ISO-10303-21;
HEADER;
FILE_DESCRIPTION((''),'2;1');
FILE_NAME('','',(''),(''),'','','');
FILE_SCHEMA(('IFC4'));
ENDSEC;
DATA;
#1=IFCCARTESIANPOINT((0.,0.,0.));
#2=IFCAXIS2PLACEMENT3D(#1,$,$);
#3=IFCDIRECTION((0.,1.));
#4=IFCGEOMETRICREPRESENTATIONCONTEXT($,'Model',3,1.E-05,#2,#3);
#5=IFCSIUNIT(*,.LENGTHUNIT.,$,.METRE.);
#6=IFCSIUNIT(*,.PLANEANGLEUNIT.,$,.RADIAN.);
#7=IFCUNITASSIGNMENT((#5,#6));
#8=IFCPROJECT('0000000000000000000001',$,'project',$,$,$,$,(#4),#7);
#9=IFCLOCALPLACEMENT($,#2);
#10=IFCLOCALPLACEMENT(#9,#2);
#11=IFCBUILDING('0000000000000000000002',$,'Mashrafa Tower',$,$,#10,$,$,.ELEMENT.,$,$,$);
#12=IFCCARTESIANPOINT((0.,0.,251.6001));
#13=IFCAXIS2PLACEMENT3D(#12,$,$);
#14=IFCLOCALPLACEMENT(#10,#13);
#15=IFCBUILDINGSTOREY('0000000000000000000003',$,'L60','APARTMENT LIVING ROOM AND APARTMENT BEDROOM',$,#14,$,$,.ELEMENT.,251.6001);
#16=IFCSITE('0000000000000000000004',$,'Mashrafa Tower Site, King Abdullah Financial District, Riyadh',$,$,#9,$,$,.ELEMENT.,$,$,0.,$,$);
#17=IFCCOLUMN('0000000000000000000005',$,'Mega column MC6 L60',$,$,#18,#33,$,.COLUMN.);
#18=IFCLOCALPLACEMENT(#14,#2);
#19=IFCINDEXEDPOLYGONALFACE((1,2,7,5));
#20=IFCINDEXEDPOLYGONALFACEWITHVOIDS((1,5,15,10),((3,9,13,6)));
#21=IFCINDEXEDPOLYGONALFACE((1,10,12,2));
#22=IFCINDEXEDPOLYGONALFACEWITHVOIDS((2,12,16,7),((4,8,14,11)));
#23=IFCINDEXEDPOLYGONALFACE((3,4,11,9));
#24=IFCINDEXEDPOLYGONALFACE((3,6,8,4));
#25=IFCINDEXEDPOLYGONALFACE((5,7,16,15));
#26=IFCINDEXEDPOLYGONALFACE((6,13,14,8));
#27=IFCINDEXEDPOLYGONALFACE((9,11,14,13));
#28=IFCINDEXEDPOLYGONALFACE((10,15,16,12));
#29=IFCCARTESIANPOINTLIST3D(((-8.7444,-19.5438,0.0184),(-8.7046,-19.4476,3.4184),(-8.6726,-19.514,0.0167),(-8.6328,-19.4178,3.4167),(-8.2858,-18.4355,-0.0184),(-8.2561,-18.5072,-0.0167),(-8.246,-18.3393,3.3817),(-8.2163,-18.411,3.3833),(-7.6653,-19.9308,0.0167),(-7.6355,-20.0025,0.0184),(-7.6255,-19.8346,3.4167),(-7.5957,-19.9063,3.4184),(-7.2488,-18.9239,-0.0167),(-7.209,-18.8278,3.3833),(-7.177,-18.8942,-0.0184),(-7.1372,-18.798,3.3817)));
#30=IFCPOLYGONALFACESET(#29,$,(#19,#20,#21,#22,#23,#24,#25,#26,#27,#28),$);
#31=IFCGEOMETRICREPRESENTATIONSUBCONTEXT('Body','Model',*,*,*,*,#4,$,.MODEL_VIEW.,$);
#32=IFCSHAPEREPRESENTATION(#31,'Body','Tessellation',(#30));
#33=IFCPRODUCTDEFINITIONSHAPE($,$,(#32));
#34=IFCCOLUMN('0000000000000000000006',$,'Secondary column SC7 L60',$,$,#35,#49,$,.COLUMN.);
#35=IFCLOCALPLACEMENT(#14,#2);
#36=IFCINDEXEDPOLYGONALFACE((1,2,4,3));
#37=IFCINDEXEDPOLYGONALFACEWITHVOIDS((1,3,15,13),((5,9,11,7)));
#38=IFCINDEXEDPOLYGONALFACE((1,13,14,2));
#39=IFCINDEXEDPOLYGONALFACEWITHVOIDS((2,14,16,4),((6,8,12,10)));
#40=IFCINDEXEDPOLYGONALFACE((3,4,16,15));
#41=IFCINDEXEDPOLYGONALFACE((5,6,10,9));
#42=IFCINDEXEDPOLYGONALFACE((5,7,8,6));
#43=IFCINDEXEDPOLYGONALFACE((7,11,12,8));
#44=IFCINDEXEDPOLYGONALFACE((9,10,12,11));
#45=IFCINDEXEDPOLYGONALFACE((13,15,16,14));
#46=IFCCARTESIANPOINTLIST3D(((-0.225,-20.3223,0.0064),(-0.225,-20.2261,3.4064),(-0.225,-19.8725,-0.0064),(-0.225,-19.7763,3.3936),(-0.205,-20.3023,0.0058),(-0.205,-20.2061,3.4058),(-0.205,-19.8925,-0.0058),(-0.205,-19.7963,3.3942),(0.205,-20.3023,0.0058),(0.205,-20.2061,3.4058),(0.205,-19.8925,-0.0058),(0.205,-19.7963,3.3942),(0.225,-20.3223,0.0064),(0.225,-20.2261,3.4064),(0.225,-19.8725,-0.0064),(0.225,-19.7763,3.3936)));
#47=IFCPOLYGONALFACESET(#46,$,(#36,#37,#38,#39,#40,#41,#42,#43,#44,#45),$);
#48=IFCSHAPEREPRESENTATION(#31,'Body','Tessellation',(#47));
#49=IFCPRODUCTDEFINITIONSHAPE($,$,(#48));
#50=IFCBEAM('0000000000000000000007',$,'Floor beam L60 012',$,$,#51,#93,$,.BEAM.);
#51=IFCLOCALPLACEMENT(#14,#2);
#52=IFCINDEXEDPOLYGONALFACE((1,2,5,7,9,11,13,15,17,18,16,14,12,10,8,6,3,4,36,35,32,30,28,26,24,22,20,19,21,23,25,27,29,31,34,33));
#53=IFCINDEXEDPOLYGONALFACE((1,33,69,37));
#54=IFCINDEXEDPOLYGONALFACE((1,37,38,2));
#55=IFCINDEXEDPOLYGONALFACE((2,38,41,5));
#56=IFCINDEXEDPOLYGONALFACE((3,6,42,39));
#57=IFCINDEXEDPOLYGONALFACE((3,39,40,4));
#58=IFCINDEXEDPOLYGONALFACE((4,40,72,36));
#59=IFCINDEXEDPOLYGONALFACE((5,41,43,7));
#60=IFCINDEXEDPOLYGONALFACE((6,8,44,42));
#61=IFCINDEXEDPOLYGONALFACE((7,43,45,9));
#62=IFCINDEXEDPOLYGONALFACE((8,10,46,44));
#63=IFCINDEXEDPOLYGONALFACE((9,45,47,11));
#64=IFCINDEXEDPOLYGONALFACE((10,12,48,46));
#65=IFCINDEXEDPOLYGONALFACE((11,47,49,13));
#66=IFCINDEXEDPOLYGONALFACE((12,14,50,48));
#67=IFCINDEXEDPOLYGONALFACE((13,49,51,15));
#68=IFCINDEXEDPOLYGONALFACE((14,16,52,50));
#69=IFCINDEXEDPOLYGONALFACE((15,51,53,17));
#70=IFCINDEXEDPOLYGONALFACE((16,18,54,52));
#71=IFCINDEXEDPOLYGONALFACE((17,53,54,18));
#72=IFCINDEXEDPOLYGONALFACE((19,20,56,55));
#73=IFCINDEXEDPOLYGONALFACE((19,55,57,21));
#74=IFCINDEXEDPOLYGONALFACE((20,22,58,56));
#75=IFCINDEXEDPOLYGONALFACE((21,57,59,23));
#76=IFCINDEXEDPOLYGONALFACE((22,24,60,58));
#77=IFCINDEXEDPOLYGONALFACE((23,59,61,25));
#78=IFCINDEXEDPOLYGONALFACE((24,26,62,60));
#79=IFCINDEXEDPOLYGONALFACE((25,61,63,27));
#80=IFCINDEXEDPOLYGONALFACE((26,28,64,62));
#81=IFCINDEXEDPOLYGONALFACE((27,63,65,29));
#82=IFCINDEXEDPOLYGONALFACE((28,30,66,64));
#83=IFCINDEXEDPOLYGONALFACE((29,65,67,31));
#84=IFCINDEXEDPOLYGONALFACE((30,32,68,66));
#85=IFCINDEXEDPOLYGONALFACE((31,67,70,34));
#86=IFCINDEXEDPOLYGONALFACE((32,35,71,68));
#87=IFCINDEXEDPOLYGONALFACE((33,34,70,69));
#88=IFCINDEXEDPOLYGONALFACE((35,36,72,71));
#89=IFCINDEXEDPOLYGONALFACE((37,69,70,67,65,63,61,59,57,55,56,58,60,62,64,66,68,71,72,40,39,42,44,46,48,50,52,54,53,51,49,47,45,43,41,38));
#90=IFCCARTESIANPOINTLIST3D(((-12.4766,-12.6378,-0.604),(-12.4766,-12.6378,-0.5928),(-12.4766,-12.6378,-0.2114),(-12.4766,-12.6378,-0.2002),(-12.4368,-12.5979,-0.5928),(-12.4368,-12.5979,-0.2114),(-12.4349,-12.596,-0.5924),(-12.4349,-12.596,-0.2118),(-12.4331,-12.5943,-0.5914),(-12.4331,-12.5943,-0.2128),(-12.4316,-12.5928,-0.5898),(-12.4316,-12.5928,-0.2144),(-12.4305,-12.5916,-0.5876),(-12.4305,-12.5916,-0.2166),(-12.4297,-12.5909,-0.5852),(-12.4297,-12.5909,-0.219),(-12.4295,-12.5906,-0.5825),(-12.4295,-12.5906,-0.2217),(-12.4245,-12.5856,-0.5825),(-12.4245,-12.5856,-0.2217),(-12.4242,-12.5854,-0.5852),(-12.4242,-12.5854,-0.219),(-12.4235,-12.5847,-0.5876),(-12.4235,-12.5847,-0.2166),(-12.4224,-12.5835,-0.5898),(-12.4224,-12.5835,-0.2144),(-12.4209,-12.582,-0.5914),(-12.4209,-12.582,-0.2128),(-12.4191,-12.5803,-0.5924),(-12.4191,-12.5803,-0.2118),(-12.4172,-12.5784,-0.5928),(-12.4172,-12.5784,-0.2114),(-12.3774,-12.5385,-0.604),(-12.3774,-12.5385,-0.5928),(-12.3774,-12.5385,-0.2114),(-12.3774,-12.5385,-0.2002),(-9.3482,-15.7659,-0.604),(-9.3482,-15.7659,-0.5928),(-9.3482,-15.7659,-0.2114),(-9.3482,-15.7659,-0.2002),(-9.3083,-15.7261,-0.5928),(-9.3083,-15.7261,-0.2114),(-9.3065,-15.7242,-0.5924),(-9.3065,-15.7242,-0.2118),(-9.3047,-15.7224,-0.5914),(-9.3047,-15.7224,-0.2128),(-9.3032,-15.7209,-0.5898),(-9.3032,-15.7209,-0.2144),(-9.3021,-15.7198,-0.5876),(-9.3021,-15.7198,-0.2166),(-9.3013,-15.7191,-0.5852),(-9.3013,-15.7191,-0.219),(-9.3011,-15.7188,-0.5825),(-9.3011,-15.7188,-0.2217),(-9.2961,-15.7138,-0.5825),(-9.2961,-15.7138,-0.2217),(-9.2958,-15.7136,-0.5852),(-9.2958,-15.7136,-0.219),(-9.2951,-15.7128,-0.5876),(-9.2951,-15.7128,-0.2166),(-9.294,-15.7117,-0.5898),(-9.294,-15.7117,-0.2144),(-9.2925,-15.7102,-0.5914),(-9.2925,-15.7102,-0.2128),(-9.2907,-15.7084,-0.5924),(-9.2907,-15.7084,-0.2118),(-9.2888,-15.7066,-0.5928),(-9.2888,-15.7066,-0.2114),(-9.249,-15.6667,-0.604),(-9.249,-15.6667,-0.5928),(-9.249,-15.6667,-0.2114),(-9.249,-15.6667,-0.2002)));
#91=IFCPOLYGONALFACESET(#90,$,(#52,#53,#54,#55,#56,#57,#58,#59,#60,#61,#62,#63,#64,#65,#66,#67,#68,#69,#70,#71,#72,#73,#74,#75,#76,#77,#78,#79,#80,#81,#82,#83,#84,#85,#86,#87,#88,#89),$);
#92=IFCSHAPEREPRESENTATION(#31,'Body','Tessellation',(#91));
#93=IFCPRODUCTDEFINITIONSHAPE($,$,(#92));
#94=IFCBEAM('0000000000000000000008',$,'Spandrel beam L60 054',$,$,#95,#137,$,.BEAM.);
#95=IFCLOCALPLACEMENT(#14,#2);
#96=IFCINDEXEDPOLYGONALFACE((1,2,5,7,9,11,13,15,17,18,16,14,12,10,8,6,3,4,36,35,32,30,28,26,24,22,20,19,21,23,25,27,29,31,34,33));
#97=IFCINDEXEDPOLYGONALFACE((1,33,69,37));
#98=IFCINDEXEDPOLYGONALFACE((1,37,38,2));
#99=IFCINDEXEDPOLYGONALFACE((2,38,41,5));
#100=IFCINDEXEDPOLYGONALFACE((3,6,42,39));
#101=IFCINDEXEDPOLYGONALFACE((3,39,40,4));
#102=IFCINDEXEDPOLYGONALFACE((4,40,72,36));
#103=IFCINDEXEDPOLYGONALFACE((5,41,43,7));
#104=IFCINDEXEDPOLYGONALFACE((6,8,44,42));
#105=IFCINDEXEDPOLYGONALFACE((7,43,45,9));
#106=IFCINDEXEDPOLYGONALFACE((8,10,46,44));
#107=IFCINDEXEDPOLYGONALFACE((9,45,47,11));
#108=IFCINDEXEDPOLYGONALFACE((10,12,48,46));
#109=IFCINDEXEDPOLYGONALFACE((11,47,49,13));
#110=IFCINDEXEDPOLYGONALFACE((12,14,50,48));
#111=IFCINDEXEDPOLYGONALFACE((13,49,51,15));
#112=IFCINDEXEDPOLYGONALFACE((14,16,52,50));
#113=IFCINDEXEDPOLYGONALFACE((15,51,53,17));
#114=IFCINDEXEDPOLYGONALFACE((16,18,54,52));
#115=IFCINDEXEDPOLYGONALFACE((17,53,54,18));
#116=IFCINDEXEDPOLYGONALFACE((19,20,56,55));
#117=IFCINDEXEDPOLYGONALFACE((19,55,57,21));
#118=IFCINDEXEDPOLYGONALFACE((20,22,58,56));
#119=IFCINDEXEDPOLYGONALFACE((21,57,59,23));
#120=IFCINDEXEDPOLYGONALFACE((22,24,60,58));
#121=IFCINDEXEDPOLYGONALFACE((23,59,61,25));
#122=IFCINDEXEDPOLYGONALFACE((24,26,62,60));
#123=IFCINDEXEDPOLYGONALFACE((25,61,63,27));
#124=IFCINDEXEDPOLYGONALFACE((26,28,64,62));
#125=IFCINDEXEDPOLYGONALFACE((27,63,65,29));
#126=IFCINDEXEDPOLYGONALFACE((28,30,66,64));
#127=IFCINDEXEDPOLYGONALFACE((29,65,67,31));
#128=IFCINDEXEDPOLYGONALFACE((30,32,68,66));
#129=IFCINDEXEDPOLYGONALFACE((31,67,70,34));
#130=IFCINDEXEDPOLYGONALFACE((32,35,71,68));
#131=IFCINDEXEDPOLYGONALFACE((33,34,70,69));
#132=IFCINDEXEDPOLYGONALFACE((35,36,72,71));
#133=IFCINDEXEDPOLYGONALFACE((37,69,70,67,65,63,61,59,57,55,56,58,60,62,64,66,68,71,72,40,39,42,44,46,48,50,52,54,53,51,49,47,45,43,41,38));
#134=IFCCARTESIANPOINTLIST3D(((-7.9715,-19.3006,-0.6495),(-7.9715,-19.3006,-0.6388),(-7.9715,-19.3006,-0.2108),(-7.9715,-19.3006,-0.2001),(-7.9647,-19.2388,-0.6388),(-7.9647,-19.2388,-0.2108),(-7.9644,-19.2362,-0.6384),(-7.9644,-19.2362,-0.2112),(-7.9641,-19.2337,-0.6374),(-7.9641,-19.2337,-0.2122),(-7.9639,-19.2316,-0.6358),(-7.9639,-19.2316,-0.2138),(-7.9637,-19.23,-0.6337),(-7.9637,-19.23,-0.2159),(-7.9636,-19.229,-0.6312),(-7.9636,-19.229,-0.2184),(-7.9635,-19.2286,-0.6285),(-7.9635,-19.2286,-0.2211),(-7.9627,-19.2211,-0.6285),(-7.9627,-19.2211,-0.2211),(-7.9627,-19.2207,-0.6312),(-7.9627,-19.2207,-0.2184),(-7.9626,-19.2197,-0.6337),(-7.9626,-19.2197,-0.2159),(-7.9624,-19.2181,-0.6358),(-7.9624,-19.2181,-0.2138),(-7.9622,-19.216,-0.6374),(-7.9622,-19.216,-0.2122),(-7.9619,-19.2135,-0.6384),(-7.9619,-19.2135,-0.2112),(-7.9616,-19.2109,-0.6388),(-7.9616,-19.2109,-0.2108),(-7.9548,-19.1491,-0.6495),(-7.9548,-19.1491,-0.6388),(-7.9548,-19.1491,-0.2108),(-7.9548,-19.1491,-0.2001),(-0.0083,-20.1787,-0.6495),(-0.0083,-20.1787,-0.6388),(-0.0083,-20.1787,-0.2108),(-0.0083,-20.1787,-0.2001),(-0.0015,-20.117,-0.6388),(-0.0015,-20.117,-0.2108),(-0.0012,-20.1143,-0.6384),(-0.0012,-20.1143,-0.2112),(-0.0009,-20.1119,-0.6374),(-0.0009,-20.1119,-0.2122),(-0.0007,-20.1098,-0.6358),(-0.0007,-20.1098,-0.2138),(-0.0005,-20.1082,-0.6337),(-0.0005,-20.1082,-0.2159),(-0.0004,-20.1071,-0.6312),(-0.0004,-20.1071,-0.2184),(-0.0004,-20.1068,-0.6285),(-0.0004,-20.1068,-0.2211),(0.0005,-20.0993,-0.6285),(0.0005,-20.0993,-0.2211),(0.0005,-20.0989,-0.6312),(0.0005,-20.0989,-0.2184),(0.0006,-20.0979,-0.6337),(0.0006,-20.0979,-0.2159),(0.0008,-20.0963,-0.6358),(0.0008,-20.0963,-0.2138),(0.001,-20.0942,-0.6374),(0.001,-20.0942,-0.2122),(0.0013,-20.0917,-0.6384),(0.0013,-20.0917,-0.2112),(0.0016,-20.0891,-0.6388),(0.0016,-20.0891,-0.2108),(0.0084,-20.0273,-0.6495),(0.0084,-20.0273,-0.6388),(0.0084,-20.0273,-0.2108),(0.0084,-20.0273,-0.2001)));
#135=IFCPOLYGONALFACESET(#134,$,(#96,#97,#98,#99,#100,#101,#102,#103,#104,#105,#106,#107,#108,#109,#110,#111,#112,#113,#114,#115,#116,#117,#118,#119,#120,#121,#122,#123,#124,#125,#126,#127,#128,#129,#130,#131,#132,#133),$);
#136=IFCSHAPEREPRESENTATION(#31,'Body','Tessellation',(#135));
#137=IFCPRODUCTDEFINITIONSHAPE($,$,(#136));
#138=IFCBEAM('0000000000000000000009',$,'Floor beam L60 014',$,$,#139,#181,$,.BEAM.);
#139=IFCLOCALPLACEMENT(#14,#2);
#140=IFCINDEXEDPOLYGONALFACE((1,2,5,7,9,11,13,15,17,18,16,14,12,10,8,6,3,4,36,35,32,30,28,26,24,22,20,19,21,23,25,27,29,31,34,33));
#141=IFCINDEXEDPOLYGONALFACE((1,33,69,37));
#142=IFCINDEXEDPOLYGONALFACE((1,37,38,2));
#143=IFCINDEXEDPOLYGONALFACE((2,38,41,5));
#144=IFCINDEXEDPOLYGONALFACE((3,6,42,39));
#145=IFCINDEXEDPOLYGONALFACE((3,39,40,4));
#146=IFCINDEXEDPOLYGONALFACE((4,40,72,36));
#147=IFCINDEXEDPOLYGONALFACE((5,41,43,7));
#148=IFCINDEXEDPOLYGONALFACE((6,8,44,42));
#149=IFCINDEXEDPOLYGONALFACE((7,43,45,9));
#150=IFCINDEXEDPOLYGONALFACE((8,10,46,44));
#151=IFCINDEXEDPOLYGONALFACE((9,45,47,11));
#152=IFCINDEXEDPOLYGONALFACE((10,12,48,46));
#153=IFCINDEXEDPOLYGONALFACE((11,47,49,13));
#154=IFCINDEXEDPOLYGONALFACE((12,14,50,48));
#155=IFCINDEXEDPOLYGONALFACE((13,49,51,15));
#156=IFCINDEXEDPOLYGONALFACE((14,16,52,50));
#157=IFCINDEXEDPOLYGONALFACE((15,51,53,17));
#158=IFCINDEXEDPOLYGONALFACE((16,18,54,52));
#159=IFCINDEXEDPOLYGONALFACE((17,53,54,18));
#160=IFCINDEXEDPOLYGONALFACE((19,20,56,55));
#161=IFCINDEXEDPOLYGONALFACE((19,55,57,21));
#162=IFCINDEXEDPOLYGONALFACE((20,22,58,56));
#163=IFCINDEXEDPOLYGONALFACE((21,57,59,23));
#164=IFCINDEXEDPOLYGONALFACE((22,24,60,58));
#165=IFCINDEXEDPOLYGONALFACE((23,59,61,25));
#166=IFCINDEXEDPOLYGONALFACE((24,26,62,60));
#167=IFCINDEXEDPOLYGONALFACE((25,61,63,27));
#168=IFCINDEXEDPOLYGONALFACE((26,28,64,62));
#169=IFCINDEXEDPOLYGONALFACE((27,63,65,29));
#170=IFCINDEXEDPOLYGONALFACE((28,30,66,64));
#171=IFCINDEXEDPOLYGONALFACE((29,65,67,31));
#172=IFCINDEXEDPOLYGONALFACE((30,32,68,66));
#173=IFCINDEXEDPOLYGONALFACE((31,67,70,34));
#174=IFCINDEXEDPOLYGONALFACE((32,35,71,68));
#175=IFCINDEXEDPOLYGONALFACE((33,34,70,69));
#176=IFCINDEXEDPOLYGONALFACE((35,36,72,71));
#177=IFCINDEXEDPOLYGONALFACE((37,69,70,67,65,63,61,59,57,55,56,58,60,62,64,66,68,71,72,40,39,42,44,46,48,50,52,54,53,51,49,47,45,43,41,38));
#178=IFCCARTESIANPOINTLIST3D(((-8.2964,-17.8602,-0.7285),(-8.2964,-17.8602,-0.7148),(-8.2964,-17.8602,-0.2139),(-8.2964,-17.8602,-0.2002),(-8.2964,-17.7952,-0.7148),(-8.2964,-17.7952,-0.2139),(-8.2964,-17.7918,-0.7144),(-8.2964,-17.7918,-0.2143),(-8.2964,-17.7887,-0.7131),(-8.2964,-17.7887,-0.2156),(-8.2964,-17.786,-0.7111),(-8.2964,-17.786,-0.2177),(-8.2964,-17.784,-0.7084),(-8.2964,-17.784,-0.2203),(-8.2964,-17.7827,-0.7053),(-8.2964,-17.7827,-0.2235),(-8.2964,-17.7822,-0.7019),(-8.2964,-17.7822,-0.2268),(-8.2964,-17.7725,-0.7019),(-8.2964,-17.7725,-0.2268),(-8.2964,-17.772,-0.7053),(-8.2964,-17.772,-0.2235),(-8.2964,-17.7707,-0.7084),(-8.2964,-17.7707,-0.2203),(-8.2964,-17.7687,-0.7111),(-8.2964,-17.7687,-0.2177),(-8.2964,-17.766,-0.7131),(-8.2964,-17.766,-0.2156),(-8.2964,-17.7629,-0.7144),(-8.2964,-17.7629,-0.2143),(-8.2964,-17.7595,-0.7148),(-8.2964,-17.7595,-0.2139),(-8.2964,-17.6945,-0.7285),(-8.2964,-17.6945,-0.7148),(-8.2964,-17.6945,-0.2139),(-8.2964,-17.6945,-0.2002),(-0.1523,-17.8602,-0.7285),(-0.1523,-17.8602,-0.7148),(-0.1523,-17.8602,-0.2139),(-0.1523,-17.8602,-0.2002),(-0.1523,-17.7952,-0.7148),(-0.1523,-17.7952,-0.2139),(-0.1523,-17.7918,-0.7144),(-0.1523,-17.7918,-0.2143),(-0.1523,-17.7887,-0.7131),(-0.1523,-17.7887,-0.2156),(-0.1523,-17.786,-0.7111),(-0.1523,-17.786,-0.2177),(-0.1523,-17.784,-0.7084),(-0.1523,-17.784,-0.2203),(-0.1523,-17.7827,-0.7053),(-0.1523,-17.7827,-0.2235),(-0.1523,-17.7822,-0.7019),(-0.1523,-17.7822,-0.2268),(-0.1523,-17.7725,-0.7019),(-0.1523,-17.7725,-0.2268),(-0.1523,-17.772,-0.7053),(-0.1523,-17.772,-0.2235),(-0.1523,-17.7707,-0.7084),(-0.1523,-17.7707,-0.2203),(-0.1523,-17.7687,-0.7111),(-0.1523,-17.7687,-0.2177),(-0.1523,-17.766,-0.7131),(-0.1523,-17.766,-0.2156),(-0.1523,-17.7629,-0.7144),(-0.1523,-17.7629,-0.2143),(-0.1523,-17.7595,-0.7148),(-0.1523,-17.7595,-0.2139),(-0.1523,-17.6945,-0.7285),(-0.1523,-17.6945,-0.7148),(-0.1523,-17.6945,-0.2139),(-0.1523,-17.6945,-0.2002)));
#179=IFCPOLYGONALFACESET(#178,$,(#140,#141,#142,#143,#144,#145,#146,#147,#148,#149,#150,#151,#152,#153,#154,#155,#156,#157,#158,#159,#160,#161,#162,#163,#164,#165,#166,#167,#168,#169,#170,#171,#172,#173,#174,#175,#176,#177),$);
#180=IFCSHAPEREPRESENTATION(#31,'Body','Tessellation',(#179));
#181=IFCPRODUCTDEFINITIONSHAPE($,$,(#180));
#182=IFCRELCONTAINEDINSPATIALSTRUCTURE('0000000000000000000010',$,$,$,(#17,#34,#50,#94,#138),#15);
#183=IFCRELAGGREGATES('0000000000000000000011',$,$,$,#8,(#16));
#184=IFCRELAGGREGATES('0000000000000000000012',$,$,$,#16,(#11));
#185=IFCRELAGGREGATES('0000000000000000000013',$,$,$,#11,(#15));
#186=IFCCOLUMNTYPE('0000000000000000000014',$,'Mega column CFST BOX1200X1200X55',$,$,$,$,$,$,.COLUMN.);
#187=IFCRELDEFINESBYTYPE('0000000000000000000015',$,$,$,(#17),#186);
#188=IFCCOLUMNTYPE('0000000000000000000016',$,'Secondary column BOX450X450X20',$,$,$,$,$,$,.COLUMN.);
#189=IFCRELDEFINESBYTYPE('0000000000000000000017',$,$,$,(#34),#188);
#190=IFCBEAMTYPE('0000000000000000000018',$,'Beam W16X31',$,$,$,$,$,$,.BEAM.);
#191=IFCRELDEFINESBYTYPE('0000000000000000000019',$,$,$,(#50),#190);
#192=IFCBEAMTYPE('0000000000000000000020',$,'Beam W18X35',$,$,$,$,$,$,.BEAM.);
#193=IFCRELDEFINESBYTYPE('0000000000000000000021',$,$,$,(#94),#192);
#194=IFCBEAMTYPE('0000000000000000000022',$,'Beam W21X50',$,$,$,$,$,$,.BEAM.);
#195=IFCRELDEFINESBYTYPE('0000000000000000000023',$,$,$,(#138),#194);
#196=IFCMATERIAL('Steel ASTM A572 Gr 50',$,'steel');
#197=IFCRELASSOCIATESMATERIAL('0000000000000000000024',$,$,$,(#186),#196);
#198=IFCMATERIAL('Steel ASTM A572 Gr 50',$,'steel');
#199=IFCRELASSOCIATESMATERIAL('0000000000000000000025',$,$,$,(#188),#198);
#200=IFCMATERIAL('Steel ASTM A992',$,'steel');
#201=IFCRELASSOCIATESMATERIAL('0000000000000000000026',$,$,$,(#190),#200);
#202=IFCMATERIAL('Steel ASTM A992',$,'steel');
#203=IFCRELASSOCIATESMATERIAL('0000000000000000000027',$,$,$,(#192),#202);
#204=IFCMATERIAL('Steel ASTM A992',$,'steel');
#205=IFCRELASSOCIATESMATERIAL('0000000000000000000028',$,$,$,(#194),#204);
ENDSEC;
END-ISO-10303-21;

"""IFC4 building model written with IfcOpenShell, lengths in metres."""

from ifc_helpers import new_model, si_unit, direction, frame, origin, origin_2d, place, context, subcontext, project, spatial, hollow_rectangle, i_section, extrude, material, material_profile, profile_set, type_object, element, save


model = new_model("IFC4")

# Units and contexts
model_context = context("Model", 3, precision=1e-05, world=origin(), true_north=direction((0.0, 1.0)))
body_context = subcontext(model_context, "Body", "Model", "MODEL_VIEW")
ifc_project = project(units=[si_unit("LENGTHUNIT", "METRE"), si_unit("PLANEANGLEUNIT", "RADIAN")], contexts=[model_context])

# Site, building, storey
site_placement = place(None, origin())
site = spatial("IfcSite", under=ifc_project, at=site_placement, Name="Mashrafa Tower Site, King Abdullah Financial District, Riyadh", CompositionType="ELEMENT", RefElevation=0.0)
building_placement = place(site_placement, origin())
building = spatial("IfcBuilding", under=site, at=building_placement, Name="Mashrafa Tower", CompositionType="ELEMENT")
storey_placement = place(building_placement, frame((0.0, 0.0, 251.6001)))
storey = spatial("IfcBuildingStorey", under=building, at=storey_placement, Name="L60", Description="APARTMENT LIVING ROOM AND APARTMENT BEDROOM", CompositionType="ELEMENT", Elevation=251.6001)

# Columns
ifc_material_1 = material(Name="Steel ASTM A572 Gr 50", Category="steel")
ifc_material_profile_1 = material_profile(ifc_material_1, hollow_rectangle(XDim=1.2, YDim=1.2, WallThickness=0.0549, at=origin_2d()), Name="BOX1200X1200X55")
ifc_profile_set_1 = profile_set([ifc_material_profile_1], Name="Steel ASTM A572 Gr 50")
column_type_1 = type_object("IfcColumnType", Name="Mega column CFST BOX1200X1200X55", PredefinedType="COLUMN", material=ifc_profile_set_1)
column_1_placement = place(storey_placement, frame((-7.9607, -19.219, 0.0), z_axis=(0.011699, 0.028279, 0.999532), x_axis=(-0.924045, 0.382283, 0.0)))
element("IfcColumn", 1, at=column_1_placement, inside=storey, type_object=column_type_1, Name="Mega column MC6 L60", PredefinedType="COLUMN", context=body_context, shape_type="SweptSolid", body=[
    extrude(hollow_rectangle(XDim=1.2, YDim=1.2, WallThickness=0.0549, at=origin_2d()), origin(), (0.0, 0.0, 1.0), 3.4016),
])
ifc_material_2 = material(Name="Steel ASTM A572 Gr 50", Category="steel")
ifc_material_profile_2 = material_profile(ifc_material_2, hollow_rectangle(XDim=0.45, YDim=0.45, WallThickness=0.02, at=origin_2d()), Name="BOX450X450X20")
ifc_profile_set_2 = profile_set([ifc_material_profile_2], Name="Steel ASTM A572 Gr 50")
column_type_2 = type_object("IfcColumnType", Name="Secondary column BOX450X450X20", PredefinedType="COLUMN", material=ifc_profile_set_2)
column_2_placement = place(storey_placement, frame((0.0, -20.0974, 0.0), z_axis=(0.0, 0.028281, 0.9996), x_axis=(-1.0, 0.0, 0.0)))
element("IfcColumn", 2, at=column_2_placement, inside=storey, type_object=column_type_2, Name="Secondary column SC7 L60", PredefinedType="COLUMN", context=body_context, shape_type="SweptSolid", body=[
    extrude(hollow_rectangle(XDim=0.45, YDim=0.45, WallThickness=0.02, at=origin_2d()), origin(), (0.0, 0.0, 1.0), 3.4014),
])

# Beams
ifc_material_3 = material(Name="Steel ASTM A992", Category="steel")
ifc_material_profile_3 = material_profile(ifc_material_3, i_section(OverallWidth=0.1404, OverallDepth=0.4038, WebThickness=0.0071, FlangeThickness=0.0112, FilletRadius=0.0103, at=origin_2d()), Name="W16X31")
ifc_profile_set_3 = profile_set([ifc_material_profile_3], Name="Steel ASTM A992")
beam_type_1 = type_object("IfcBeamType", Name="Beam W16X31", PredefinedType="BEAM", material=ifc_profile_set_3)
beam_1_placement = place(storey_placement, frame((-9.2986, -15.7163, -0.4021), z_axis=(-0.707134, 0.707079, 0.0), x_axis=(-0.707079, -0.707134, 0.0)))
element("IfcBeam", 3, at=beam_1_placement, inside=storey, type_object=beam_type_1, Name="Floor beam L60 012", PredefinedType="BEAM", context=body_context, shape_type="SweptSolid", body=[
    extrude(i_section(OverallWidth=0.1404, OverallDepth=0.4038, WebThickness=0.0071, FlangeThickness=0.0112, FilletRadius=0.0103, at=origin_2d()), origin(), (0.0, 0.0, 1.0), 4.4241),
])
ifc_material_4 = material(Name="Steel ASTM A992", Category="steel")
ifc_material_profile_4 = material_profile(ifc_material_4, i_section(OverallWidth=0.1523, OverallDepth=0.4495, WebThickness=0.0076, FlangeThickness=0.0107, FilletRadius=0.0103, at=origin_2d()), Name="W18X35")
ifc_profile_set_4 = profile_set([ifc_material_profile_4], Name="Steel ASTM A992")
beam_type_2 = type_object("IfcBeamType", Name="Beam W18X35", PredefinedType="BEAM", material=ifc_profile_set_4)
beam_2_placement = place(storey_placement, frame((-7.9631, -19.2249, -0.4248), z_axis=(0.993974, -0.109615, 0.0), x_axis=(0.109615, 0.993974, 0.0)))
element("IfcBeam", 4, at=beam_2_placement, inside=storey, type_object=beam_type_2, Name="Spandrel beam L60 054", PredefinedType="BEAM", context=body_context, shape_type="SweptSolid", body=[
    extrude(i_section(OverallWidth=0.1523, OverallDepth=0.4495, WebThickness=0.0076, FlangeThickness=0.0107, FilletRadius=0.0103, at=origin_2d()), origin(), (0.0, 0.0, 1.0), 8.0115),
])
ifc_material_5 = material(Name="Steel ASTM A992", Category="steel")
ifc_material_profile_5 = material_profile(ifc_material_5, i_section(OverallWidth=0.1658, OverallDepth=0.5283, WebThickness=0.0098, FlangeThickness=0.0137, FilletRadius=0.0129, at=origin_2d()), Name="W21X50")
ifc_profile_set_5 = profile_set([ifc_material_profile_5], Name="Steel ASTM A992")
beam_type_3 = type_object("IfcBeamType", Name="Beam W21X50", PredefinedType="BEAM", material=ifc_profile_set_5)
beam_3_placement = place(storey_placement, frame((-0.1523, -17.7773, -0.4644), z_axis=(-1.0, 0.0, 0.0), x_axis=(0.0, -1.0, 0.0)))
element("IfcBeam", 5, at=beam_3_placement, inside=storey, type_object=beam_type_3, Name="Floor beam L60 014", PredefinedType="BEAM", context=body_context, shape_type="SweptSolid", body=[
    extrude(i_section(OverallWidth=0.1658, OverallDepth=0.5283, WebThickness=0.0098, FlangeThickness=0.0137, FilletRadius=0.0129, at=origin_2d()), origin(), (0.0, 0.0, 1.0), 8.144),
])

save(model, "model.ifc")
